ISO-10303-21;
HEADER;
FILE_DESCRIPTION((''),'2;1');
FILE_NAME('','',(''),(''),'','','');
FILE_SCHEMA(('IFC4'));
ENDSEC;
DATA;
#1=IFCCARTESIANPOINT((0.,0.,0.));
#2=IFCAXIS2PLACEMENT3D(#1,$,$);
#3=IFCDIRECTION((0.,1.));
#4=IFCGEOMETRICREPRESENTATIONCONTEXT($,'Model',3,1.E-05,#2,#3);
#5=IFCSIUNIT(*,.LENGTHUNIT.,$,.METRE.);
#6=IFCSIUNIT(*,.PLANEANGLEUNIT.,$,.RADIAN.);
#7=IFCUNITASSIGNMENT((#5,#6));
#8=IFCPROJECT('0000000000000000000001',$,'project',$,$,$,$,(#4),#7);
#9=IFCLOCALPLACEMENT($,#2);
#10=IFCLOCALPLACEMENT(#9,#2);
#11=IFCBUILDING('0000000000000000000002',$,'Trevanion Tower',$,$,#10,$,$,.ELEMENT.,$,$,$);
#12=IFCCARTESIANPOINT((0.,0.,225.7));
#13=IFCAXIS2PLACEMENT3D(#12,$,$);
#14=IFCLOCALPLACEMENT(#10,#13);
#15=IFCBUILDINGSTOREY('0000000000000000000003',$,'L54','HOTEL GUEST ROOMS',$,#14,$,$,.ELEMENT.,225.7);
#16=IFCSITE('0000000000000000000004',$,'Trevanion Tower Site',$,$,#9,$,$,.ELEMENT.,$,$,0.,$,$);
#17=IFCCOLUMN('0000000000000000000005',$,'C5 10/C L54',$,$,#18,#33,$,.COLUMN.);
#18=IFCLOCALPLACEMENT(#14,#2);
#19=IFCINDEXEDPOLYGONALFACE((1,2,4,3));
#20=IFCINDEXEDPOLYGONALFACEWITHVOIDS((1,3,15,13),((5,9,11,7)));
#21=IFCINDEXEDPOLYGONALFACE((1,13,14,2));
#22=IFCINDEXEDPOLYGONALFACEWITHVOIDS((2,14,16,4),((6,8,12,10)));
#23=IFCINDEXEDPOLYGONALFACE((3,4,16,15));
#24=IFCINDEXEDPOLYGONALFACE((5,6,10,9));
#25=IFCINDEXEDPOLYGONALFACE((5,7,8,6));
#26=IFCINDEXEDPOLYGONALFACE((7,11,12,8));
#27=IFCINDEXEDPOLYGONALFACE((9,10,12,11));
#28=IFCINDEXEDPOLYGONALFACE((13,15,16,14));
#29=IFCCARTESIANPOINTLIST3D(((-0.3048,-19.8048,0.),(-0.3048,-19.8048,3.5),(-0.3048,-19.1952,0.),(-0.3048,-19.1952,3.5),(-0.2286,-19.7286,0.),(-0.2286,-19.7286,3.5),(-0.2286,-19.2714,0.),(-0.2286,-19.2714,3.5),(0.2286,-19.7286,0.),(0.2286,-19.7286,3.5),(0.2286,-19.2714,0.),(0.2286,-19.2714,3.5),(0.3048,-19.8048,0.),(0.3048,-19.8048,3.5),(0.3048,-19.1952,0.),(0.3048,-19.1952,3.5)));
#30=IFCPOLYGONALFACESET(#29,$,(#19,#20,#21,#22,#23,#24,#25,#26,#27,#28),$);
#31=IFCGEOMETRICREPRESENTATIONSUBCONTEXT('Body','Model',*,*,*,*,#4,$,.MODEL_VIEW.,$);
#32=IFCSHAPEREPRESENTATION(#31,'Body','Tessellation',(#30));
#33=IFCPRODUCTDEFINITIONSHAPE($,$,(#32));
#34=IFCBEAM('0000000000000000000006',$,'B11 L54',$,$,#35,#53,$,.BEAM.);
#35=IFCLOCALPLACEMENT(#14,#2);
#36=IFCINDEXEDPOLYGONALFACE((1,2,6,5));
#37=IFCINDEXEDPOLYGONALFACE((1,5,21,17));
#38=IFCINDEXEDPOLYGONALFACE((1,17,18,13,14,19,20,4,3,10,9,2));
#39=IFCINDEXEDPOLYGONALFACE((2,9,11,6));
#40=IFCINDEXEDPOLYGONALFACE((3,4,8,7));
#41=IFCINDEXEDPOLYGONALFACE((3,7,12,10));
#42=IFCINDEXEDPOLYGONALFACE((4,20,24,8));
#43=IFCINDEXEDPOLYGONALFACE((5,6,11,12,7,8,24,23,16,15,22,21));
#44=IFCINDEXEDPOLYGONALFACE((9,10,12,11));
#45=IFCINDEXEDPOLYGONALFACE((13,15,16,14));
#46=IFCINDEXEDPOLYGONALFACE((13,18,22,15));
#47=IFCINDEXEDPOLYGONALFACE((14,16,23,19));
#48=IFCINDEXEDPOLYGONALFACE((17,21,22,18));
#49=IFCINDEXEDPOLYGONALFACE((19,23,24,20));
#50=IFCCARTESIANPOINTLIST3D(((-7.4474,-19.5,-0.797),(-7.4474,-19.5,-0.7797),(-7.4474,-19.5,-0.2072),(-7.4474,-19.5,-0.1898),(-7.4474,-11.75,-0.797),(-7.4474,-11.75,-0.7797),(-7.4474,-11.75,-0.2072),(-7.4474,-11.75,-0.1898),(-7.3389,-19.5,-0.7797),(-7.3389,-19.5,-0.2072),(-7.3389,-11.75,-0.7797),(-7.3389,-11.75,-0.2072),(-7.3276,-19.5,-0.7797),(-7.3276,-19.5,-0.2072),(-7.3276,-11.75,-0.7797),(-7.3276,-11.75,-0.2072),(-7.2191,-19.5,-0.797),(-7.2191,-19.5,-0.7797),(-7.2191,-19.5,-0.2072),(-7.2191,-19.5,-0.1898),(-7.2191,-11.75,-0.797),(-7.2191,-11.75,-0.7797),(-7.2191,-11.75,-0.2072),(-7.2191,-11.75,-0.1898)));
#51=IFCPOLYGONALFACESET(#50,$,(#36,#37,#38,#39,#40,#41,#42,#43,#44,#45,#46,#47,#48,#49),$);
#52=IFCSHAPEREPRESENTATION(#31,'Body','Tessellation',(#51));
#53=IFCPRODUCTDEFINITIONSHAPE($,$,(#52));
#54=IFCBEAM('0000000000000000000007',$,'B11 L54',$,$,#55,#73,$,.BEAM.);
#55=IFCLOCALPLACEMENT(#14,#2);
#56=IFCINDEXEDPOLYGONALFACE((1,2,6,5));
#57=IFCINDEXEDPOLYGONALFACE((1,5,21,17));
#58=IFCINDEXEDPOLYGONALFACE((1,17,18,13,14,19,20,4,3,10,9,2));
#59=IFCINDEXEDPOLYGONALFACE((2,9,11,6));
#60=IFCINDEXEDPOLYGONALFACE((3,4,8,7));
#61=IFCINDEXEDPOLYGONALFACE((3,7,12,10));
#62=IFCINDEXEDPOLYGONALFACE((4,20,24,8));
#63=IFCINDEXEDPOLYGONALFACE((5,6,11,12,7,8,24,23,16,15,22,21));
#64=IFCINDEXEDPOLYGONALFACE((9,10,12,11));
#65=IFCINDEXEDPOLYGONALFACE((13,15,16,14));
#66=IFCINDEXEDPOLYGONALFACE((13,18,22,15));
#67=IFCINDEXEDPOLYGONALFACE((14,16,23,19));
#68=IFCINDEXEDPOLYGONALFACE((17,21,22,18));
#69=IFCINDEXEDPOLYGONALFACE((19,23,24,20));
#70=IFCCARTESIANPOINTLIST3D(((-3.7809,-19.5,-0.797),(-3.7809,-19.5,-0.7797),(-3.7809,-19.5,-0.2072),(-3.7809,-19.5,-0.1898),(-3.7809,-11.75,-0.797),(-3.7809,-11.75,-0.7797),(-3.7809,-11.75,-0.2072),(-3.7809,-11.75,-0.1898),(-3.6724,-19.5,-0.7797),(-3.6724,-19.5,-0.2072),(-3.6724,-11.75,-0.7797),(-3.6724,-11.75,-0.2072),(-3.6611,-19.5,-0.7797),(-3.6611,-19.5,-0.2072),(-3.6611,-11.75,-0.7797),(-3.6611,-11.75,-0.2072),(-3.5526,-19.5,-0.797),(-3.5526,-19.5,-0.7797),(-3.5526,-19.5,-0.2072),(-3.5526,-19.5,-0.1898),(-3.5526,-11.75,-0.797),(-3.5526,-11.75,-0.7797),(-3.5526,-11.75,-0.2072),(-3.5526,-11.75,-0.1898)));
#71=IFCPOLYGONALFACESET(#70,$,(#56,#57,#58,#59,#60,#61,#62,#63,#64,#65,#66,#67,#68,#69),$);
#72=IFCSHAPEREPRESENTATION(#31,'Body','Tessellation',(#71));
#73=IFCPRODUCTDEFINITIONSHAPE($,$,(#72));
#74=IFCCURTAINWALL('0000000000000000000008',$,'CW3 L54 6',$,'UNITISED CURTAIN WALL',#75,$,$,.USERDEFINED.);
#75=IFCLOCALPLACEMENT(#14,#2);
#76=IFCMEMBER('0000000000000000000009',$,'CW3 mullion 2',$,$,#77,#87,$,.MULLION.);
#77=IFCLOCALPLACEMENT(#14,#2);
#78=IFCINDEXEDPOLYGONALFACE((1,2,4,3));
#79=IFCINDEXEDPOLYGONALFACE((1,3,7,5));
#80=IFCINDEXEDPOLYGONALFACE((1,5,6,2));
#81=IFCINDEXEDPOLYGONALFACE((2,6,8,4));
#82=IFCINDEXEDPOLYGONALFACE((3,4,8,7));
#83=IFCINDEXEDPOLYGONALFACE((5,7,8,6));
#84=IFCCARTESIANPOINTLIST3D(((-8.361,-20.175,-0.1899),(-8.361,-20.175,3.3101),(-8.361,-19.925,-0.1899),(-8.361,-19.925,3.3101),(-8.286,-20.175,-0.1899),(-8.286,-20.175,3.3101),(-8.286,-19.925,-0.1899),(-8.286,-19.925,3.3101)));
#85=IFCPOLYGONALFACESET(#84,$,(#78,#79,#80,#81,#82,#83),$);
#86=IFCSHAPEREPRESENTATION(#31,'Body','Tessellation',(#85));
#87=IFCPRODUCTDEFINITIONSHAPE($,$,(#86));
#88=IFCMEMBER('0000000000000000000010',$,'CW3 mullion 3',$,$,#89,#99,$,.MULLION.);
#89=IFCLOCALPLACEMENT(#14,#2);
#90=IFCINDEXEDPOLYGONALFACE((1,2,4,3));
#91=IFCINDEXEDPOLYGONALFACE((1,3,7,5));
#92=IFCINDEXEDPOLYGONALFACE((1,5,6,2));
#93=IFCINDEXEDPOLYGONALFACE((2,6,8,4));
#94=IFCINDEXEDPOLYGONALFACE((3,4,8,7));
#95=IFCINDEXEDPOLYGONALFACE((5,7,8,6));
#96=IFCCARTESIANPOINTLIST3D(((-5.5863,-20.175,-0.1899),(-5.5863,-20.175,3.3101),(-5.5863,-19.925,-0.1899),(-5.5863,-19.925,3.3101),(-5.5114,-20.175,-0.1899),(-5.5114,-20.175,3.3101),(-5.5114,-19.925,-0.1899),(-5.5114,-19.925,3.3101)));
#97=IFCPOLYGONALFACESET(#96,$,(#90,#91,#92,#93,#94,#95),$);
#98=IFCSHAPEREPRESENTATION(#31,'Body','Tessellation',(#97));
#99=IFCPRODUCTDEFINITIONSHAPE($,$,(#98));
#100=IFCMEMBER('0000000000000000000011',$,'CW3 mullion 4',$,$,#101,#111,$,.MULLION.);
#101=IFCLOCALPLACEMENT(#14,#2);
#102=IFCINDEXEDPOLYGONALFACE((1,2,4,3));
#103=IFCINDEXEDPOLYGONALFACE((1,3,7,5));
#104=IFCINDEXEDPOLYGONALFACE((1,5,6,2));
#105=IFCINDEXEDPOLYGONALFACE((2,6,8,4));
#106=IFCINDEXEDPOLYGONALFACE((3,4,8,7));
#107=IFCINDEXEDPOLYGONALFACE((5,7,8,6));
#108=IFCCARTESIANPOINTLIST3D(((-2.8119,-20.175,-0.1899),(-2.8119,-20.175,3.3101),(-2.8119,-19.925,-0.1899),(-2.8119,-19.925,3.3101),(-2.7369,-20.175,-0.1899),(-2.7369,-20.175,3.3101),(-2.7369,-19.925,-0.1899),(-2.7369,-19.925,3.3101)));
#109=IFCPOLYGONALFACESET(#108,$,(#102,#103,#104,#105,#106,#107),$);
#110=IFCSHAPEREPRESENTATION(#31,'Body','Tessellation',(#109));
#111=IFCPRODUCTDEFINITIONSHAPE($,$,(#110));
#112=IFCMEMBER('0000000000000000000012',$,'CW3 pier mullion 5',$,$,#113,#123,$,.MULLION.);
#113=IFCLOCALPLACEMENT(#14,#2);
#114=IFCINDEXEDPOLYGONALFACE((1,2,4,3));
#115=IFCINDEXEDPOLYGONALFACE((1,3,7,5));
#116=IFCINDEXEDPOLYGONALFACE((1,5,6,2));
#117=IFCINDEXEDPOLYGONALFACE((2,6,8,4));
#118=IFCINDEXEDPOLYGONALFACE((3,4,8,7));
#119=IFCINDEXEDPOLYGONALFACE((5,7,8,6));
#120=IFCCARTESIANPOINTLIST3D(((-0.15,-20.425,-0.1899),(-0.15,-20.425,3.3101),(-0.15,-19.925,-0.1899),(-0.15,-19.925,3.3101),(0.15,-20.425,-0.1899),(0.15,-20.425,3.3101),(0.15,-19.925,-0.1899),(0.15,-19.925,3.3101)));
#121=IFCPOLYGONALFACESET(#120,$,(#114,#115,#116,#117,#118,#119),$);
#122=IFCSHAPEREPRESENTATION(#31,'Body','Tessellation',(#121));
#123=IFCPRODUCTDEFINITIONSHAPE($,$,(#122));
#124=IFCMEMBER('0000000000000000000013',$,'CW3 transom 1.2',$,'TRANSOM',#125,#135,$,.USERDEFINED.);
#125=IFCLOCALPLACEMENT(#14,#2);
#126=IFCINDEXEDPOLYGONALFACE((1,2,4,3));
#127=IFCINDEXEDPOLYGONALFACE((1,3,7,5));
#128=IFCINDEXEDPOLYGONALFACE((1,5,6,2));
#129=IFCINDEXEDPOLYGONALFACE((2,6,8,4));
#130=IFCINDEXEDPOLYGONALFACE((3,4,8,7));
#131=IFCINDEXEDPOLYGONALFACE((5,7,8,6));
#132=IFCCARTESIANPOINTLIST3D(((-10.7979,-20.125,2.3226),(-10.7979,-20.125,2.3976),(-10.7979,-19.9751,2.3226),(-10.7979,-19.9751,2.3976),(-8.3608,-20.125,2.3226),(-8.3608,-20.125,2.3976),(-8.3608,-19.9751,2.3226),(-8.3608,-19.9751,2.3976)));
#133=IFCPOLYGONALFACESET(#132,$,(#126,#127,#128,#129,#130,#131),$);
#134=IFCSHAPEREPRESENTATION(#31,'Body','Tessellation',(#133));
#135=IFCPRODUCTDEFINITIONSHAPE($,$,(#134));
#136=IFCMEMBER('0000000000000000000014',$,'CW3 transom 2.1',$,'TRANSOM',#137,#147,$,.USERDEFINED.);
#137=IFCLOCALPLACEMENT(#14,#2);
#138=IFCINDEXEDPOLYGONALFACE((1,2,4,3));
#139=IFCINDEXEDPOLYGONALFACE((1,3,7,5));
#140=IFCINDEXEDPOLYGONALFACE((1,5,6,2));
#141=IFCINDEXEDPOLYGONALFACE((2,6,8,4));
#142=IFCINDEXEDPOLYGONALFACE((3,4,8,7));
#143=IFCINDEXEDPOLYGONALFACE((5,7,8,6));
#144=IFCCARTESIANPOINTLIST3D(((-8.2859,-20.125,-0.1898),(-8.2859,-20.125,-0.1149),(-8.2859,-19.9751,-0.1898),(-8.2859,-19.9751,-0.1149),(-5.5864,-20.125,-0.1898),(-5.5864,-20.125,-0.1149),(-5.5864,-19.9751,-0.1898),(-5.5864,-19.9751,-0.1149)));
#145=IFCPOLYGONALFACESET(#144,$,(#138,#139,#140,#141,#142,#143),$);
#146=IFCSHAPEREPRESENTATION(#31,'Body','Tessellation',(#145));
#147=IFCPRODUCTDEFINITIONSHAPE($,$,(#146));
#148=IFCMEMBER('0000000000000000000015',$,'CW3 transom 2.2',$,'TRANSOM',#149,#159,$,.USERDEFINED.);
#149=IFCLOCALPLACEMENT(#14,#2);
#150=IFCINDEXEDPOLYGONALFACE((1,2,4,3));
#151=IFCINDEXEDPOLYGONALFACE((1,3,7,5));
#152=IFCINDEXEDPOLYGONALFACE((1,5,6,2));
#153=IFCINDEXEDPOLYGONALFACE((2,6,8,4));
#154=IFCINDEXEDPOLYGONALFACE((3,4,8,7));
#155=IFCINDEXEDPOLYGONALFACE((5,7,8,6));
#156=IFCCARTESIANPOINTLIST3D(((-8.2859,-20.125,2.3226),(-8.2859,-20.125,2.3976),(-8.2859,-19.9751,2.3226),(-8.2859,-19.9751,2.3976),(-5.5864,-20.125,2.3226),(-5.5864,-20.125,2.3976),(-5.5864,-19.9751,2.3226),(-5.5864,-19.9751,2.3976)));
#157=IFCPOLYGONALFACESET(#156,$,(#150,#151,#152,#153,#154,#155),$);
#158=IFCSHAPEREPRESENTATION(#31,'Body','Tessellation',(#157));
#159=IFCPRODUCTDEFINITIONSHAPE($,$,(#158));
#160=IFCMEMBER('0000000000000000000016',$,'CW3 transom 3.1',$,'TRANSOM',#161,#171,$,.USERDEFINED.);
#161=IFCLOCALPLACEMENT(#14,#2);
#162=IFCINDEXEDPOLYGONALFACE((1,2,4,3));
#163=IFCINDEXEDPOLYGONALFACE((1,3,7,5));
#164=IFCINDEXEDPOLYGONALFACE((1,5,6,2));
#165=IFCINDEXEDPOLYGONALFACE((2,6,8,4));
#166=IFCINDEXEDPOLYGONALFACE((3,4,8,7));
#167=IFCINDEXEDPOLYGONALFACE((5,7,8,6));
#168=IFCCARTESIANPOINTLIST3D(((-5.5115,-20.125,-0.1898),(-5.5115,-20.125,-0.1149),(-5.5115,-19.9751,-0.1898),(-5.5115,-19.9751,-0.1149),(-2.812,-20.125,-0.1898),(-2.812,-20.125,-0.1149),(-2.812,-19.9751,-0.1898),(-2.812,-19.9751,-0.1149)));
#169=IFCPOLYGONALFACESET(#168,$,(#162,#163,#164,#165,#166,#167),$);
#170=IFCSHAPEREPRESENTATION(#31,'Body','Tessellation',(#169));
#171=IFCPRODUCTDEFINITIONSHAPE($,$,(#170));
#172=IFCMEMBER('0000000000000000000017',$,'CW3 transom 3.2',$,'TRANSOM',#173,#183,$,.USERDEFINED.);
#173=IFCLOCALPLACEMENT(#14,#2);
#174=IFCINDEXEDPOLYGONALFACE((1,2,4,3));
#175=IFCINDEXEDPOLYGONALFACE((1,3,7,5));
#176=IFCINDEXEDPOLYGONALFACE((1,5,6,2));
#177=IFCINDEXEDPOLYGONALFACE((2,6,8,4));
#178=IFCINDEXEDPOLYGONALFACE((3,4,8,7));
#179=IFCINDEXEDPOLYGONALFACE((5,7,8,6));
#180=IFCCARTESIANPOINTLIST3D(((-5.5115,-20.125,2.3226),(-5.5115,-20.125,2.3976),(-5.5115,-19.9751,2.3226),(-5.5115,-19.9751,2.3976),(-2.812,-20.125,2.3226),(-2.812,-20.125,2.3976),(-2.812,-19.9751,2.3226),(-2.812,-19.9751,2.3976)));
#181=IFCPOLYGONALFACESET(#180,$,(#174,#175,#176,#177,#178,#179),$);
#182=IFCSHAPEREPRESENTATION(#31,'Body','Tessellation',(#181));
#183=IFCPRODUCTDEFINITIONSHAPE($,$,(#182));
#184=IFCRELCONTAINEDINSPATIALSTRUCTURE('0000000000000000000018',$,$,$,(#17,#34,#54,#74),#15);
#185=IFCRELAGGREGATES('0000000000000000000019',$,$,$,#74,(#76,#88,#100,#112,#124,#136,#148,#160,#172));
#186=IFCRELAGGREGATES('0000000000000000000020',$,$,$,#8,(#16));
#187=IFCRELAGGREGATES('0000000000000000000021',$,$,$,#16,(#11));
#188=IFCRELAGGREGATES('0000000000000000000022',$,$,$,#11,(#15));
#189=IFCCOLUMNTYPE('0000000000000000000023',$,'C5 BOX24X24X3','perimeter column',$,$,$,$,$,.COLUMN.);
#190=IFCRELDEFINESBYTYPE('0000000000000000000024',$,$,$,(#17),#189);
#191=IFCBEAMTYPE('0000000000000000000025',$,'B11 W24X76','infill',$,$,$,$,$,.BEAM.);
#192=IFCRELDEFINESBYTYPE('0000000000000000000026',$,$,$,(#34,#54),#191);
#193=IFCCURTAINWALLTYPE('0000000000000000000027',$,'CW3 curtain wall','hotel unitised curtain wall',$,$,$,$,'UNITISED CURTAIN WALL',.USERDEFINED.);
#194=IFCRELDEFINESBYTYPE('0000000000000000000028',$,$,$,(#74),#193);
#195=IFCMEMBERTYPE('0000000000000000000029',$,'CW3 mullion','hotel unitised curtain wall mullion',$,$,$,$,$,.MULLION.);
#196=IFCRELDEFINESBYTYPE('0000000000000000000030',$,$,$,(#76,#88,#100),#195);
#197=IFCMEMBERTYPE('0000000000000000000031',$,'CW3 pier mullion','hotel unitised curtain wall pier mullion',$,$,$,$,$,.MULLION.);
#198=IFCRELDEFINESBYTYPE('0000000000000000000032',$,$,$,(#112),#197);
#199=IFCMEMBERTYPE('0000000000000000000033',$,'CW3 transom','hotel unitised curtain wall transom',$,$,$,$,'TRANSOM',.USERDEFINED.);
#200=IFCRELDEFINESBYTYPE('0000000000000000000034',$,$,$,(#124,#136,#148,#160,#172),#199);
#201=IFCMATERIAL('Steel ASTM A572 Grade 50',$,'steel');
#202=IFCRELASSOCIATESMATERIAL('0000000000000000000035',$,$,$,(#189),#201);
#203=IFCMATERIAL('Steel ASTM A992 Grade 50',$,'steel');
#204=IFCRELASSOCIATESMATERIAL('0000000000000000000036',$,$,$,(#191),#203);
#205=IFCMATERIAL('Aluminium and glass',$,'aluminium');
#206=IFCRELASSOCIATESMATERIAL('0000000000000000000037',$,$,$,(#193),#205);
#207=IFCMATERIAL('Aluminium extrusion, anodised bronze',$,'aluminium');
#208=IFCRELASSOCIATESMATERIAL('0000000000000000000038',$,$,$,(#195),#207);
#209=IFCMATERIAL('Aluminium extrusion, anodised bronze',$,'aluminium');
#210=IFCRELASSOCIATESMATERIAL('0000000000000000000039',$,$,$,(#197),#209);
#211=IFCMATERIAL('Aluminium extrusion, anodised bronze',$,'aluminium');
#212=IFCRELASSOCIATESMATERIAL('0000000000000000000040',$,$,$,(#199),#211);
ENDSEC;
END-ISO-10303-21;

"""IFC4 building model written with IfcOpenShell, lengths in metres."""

from ifc_helpers import new_model, si_unit, direction, frame, origin, origin_2d, place, context, subcontext, project, spatial, rectangle, hollow_rectangle, i_section, extrude, material, material_profile, profile_set, type_object, element, aggregate, save


model = new_model("IFC4")

# Units and contexts
model_context = context("Model", 3, precision=1e-05, world=origin(), true_north=direction((0.0, 1.0)))
body_context = subcontext(model_context, "Body", "Model", "MODEL_VIEW")
ifc_project = project(units=[si_unit("LENGTHUNIT", "METRE"), si_unit("PLANEANGLEUNIT", "RADIAN")], contexts=[model_context])

# Site, building, storey
site_placement = place(None, origin())
site = spatial("IfcSite", under=ifc_project, at=site_placement, Name="Trevanion Tower Site", CompositionType="ELEMENT", RefElevation=0.0)
building_placement = place(site_placement, origin())
building = spatial("IfcBuilding", under=site, at=building_placement, Name="Trevanion Tower", CompositionType="ELEMENT")
storey_placement = place(building_placement, frame((0.0, 0.0, 225.7)))
storey = spatial("IfcBuildingStorey", under=building, at=storey_placement, Name="L54", Description="HOTEL GUEST ROOMS", CompositionType="ELEMENT", Elevation=225.7)

# Column
ifc_material_1 = material(Name="Steel ASTM A572 Grade 50", Category="steel")
ifc_material_profile_1 = material_profile(ifc_material_1, hollow_rectangle(XDim=0.6096, YDim=0.6096, WallThickness=0.0762, at=origin_2d()), Name="BOX24X24X3")
ifc_profile_set_1 = profile_set([ifc_material_profile_1], Name="Steel ASTM A572 Grade 50")
column_type = type_object("IfcColumnType", Name="C5 BOX24X24X3", Description="perimeter column", PredefinedType="COLUMN", material=ifc_profile_set_1)
column_placement = place(storey_placement, frame((0.0, -19.5, 0.0), z_axis=(0.0, 0.0, 1.0), x_axis=(1.0, 0.0, 0.0)))
element("IfcColumn", 1, at=column_placement, inside=storey, type_object=column_type, Name="C5 10/C L54", PredefinedType="COLUMN", context=body_context, shape_type="SweptSolid", body=[
    extrude(hollow_rectangle(XDim=0.6096, YDim=0.6096, WallThickness=0.0762, at=origin_2d()), origin(), (0.0, 0.0, 1.0), 3.5),
])

# Beams
ifc_material_2 = material(Name="Steel ASTM A992 Grade 50", Category="steel")
ifc_material_profile_2 = material_profile(ifc_material_2, i_section(OverallWidth=0.2283, OverallDepth=0.6072, WebThickness=0.0112, FlangeThickness=0.0173, at=origin_2d()), Name="W24X76")
ifc_profile_set_2 = profile_set([ifc_material_profile_2], Name="Steel ASTM A992 Grade 50")
beam_type_1 = type_object("IfcBeamType", Name="B11 W24X76", Description="infill", PredefinedType="BEAM", material=ifc_profile_set_2)
for number, where, z_axis, x_axis, name in (
    (2, (-7.3333, -11.75, -0.4934), (0.0, -1.0, 0.0), (1.0, 0.0, 0.0), "B11 L54"),
    (3, (-3.6667, -11.75, -0.4934), (0.0, -1.0, 0.0), (1.0, 0.0, 0.0), "B11 L54"),
):
    element("IfcBeam", number, at=place(storey_placement, frame(where, z_axis=z_axis, x_axis=x_axis)), inside=storey, type_object=beam_type_1, Name=name, PredefinedType="BEAM", context=body_context, shape_type="SweptSolid", body=[
        extrude(i_section(OverallWidth=0.2283, OverallDepth=0.6072, WebThickness=0.0112, FlangeThickness=0.0173, at=origin_2d()), origin(), (0.0, 0.0, 1.0), 7.75),
    ])

# Curtain wall, members
ifc_material_3 = material(Name="Aluminium and glass", Category="aluminium")
curtain_wall_type = type_object("IfcCurtainWallType", Name="CW3 curtain wall", Description="hotel unitised curtain wall", ElementType="UNITISED CURTAIN WALL", PredefinedType="USERDEFINED", material=ifc_material_3)
curtain_wall_placement = place(storey_placement, origin())
curtain_wall = element("IfcCurtainWall", 4, at=curtain_wall_placement, inside=storey, type_object=curtain_wall_type, Name="CW3 L54 6", ObjectType="UNITISED CURTAIN WALL", PredefinedType="USERDEFINED")
ifc_material_4 = material(Name="Aluminium extrusion, anodised bronze", Category="aluminium")
ifc_material_profile_3 = material_profile(ifc_material_4, rectangle(XDim=0.075, YDim=0.25, at=origin_2d()), Name="CW3 mullion")
ifc_profile_set_3 = profile_set([ifc_material_profile_3], Name="Aluminium extrusion, anodised bronze")
member_type_1 = type_object("IfcMemberType", Name="CW3 mullion", Description="hotel unitised curtain wall mullion", PredefinedType="MULLION", material=ifc_profile_set_3)
member_1_placement = place(storey_placement, frame((-8.3235, -20.05, -0.1899), z_axis=(0.0, 0.0, 1.0), x_axis=(1.0, 0.0, 0.0)))
member_1 = element("IfcMember", 5, at=member_1_placement, type_object=member_type_1, Name="CW3 mullion 2", PredefinedType="MULLION", context=body_context, shape_type="SweptSolid", body=[
    extrude(rectangle(XDim=0.075, YDim=0.25, at=origin_2d()), origin(), (0.0, 0.0, 1.0), 3.5),
])
member_2_placement = place(storey_placement, frame((-5.5488, -20.05, -0.1899), z_axis=(0.0, 0.0, 1.0), x_axis=(1.0, 0.0, 0.0)))
member_2 = element("IfcMember", 6, at=member_2_placement, type_object=member_type_1, Name="CW3 mullion 3", PredefinedType="MULLION", context=body_context, shape_type="SweptSolid", body=[
    extrude(rectangle(XDim=0.075, YDim=0.25, at=origin_2d()), origin(), (0.0, 0.0, 1.0), 3.5),
])
member_3_placement = place(storey_placement, frame((-2.7744, -20.05, -0.1899), z_axis=(0.0, 0.0, 1.0), x_axis=(1.0, 0.0, 0.0)))
member_3 = element("IfcMember", 7, at=member_3_placement, type_object=member_type_1, Name="CW3 mullion 4", PredefinedType="MULLION", context=body_context, shape_type="SweptSolid", body=[
    extrude(rectangle(XDim=0.075, YDim=0.25, at=origin_2d()), origin(), (0.0, 0.0, 1.0), 3.5),
])
ifc_material_5 = material(Name="Aluminium extrusion, anodised bronze", Category="aluminium")
ifc_material_profile_4 = material_profile(ifc_material_5, rectangle(XDim=0.3, YDim=0.5, at=origin_2d()), Name="CW3 pier mullion")
ifc_profile_set_4 = profile_set([ifc_material_profile_4], Name="Aluminium extrusion, anodised bronze")
member_type_2 = type_object("IfcMemberType", Name="CW3 pier mullion", Description="hotel unitised curtain wall pier mullion", PredefinedType="MULLION", material=ifc_profile_set_4)
member_4_placement = place(storey_placement, frame((0.0, -20.175, -0.1899), z_axis=(0.0, 0.0, 1.0), x_axis=(1.0, 0.0, 0.0)))
member_4 = element("IfcMember", 8, at=member_4_placement, type_object=member_type_2, Name="CW3 pier mullion 5", PredefinedType="MULLION", context=body_context, shape_type="SweptSolid", body=[
    extrude(rectangle(XDim=0.3, YDim=0.5, at=origin_2d()), origin(), (0.0, 0.0, 1.0), 3.5),
])
ifc_material_6 = material(Name="Aluminium extrusion, anodised bronze", Category="aluminium")
ifc_material_profile_5 = material_profile(ifc_material_6, rectangle(XDim=0.1499, YDim=0.075, at=origin_2d()), Name="CW3 transom")
ifc_profile_set_5 = profile_set([ifc_material_profile_5], Name="Aluminium extrusion, anodised bronze")
member_type_3 = type_object("IfcMemberType", Name="CW3 transom", Description="hotel unitised curtain wall transom", ElementType="TRANSOM", PredefinedType="USERDEFINED", material=ifc_profile_set_5)
member_5_placement = place(storey_placement, frame((-10.7979, -20.05, 2.3601), z_axis=(1.0, 0.0, 0.0), x_axis=(0.0, 1.0, 0.0)))
member_5 = element("IfcMember", 9, at=member_5_placement, type_object=member_type_3, Name="CW3 transom 1.2", ObjectType="TRANSOM", PredefinedType="USERDEFINED", context=body_context, shape_type="SweptSolid", body=[
    extrude(rectangle(XDim=0.1499, YDim=0.075, at=origin_2d()), origin(), (0.0, 0.0, 1.0), 2.437),
])
member_6_placement = place(storey_placement, frame((-8.2859, -20.05, -0.1523), z_axis=(1.0, 0.0, 0.0), x_axis=(0.0, 1.0, 0.0)))
member_6 = element("IfcMember", 10, at=member_6_placement, type_object=member_type_3, Name="CW3 transom 2.1", ObjectType="TRANSOM", PredefinedType="USERDEFINED", context=body_context, shape_type="SweptSolid", body=[
    extrude(rectangle(XDim=0.1499, YDim=0.075, at=origin_2d()), origin(), (0.0, 0.0, 1.0), 2.6995),
])
member_7_placement = place(storey_placement, frame((-8.2859, -20.05, 2.3601), z_axis=(1.0, 0.0, 0.0), x_axis=(0.0, 1.0, 0.0)))
member_7 = element("IfcMember", 11, at=member_7_placement, type_object=member_type_3, Name="CW3 transom 2.2", ObjectType="TRANSOM", PredefinedType="USERDEFINED", context=body_context, shape_type="SweptSolid", body=[
    extrude(rectangle(XDim=0.1499, YDim=0.075, at=origin_2d()), origin(), (0.0, 0.0, 1.0), 2.6995),
])
member_8_placement = place(storey_placement, frame((-5.5115, -20.05, -0.1523), z_axis=(1.0, 0.0, 0.0), x_axis=(0.0, 1.0, 0.0)))
member_8 = element("IfcMember", 12, at=member_8_placement, type_object=member_type_3, Name="CW3 transom 3.1", ObjectType="TRANSOM", PredefinedType="USERDEFINED", context=body_context, shape_type="SweptSolid", body=[
    extrude(rectangle(XDim=0.1499, YDim=0.075, at=origin_2d()), origin(), (0.0, 0.0, 1.0), 2.6995),
])
member_9_placement = place(storey_placement, frame((-5.5115, -20.05, 2.3601), z_axis=(1.0, 0.0, 0.0), x_axis=(0.0, 1.0, 0.0)))
member_9 = element("IfcMember", 13, at=member_9_placement, type_object=member_type_3, Name="CW3 transom 3.2", ObjectType="TRANSOM", PredefinedType="USERDEFINED", context=body_context, shape_type="SweptSolid", body=[
    extrude(rectangle(XDim=0.1499, YDim=0.075, at=origin_2d()), origin(), (0.0, 0.0, 1.0), 2.6995),
])

aggregate(curtain_wall, [member_1, member_2, member_3, member_4, member_5, member_6, member_7, member_8, member_9])

save(model, "model.ifc")
